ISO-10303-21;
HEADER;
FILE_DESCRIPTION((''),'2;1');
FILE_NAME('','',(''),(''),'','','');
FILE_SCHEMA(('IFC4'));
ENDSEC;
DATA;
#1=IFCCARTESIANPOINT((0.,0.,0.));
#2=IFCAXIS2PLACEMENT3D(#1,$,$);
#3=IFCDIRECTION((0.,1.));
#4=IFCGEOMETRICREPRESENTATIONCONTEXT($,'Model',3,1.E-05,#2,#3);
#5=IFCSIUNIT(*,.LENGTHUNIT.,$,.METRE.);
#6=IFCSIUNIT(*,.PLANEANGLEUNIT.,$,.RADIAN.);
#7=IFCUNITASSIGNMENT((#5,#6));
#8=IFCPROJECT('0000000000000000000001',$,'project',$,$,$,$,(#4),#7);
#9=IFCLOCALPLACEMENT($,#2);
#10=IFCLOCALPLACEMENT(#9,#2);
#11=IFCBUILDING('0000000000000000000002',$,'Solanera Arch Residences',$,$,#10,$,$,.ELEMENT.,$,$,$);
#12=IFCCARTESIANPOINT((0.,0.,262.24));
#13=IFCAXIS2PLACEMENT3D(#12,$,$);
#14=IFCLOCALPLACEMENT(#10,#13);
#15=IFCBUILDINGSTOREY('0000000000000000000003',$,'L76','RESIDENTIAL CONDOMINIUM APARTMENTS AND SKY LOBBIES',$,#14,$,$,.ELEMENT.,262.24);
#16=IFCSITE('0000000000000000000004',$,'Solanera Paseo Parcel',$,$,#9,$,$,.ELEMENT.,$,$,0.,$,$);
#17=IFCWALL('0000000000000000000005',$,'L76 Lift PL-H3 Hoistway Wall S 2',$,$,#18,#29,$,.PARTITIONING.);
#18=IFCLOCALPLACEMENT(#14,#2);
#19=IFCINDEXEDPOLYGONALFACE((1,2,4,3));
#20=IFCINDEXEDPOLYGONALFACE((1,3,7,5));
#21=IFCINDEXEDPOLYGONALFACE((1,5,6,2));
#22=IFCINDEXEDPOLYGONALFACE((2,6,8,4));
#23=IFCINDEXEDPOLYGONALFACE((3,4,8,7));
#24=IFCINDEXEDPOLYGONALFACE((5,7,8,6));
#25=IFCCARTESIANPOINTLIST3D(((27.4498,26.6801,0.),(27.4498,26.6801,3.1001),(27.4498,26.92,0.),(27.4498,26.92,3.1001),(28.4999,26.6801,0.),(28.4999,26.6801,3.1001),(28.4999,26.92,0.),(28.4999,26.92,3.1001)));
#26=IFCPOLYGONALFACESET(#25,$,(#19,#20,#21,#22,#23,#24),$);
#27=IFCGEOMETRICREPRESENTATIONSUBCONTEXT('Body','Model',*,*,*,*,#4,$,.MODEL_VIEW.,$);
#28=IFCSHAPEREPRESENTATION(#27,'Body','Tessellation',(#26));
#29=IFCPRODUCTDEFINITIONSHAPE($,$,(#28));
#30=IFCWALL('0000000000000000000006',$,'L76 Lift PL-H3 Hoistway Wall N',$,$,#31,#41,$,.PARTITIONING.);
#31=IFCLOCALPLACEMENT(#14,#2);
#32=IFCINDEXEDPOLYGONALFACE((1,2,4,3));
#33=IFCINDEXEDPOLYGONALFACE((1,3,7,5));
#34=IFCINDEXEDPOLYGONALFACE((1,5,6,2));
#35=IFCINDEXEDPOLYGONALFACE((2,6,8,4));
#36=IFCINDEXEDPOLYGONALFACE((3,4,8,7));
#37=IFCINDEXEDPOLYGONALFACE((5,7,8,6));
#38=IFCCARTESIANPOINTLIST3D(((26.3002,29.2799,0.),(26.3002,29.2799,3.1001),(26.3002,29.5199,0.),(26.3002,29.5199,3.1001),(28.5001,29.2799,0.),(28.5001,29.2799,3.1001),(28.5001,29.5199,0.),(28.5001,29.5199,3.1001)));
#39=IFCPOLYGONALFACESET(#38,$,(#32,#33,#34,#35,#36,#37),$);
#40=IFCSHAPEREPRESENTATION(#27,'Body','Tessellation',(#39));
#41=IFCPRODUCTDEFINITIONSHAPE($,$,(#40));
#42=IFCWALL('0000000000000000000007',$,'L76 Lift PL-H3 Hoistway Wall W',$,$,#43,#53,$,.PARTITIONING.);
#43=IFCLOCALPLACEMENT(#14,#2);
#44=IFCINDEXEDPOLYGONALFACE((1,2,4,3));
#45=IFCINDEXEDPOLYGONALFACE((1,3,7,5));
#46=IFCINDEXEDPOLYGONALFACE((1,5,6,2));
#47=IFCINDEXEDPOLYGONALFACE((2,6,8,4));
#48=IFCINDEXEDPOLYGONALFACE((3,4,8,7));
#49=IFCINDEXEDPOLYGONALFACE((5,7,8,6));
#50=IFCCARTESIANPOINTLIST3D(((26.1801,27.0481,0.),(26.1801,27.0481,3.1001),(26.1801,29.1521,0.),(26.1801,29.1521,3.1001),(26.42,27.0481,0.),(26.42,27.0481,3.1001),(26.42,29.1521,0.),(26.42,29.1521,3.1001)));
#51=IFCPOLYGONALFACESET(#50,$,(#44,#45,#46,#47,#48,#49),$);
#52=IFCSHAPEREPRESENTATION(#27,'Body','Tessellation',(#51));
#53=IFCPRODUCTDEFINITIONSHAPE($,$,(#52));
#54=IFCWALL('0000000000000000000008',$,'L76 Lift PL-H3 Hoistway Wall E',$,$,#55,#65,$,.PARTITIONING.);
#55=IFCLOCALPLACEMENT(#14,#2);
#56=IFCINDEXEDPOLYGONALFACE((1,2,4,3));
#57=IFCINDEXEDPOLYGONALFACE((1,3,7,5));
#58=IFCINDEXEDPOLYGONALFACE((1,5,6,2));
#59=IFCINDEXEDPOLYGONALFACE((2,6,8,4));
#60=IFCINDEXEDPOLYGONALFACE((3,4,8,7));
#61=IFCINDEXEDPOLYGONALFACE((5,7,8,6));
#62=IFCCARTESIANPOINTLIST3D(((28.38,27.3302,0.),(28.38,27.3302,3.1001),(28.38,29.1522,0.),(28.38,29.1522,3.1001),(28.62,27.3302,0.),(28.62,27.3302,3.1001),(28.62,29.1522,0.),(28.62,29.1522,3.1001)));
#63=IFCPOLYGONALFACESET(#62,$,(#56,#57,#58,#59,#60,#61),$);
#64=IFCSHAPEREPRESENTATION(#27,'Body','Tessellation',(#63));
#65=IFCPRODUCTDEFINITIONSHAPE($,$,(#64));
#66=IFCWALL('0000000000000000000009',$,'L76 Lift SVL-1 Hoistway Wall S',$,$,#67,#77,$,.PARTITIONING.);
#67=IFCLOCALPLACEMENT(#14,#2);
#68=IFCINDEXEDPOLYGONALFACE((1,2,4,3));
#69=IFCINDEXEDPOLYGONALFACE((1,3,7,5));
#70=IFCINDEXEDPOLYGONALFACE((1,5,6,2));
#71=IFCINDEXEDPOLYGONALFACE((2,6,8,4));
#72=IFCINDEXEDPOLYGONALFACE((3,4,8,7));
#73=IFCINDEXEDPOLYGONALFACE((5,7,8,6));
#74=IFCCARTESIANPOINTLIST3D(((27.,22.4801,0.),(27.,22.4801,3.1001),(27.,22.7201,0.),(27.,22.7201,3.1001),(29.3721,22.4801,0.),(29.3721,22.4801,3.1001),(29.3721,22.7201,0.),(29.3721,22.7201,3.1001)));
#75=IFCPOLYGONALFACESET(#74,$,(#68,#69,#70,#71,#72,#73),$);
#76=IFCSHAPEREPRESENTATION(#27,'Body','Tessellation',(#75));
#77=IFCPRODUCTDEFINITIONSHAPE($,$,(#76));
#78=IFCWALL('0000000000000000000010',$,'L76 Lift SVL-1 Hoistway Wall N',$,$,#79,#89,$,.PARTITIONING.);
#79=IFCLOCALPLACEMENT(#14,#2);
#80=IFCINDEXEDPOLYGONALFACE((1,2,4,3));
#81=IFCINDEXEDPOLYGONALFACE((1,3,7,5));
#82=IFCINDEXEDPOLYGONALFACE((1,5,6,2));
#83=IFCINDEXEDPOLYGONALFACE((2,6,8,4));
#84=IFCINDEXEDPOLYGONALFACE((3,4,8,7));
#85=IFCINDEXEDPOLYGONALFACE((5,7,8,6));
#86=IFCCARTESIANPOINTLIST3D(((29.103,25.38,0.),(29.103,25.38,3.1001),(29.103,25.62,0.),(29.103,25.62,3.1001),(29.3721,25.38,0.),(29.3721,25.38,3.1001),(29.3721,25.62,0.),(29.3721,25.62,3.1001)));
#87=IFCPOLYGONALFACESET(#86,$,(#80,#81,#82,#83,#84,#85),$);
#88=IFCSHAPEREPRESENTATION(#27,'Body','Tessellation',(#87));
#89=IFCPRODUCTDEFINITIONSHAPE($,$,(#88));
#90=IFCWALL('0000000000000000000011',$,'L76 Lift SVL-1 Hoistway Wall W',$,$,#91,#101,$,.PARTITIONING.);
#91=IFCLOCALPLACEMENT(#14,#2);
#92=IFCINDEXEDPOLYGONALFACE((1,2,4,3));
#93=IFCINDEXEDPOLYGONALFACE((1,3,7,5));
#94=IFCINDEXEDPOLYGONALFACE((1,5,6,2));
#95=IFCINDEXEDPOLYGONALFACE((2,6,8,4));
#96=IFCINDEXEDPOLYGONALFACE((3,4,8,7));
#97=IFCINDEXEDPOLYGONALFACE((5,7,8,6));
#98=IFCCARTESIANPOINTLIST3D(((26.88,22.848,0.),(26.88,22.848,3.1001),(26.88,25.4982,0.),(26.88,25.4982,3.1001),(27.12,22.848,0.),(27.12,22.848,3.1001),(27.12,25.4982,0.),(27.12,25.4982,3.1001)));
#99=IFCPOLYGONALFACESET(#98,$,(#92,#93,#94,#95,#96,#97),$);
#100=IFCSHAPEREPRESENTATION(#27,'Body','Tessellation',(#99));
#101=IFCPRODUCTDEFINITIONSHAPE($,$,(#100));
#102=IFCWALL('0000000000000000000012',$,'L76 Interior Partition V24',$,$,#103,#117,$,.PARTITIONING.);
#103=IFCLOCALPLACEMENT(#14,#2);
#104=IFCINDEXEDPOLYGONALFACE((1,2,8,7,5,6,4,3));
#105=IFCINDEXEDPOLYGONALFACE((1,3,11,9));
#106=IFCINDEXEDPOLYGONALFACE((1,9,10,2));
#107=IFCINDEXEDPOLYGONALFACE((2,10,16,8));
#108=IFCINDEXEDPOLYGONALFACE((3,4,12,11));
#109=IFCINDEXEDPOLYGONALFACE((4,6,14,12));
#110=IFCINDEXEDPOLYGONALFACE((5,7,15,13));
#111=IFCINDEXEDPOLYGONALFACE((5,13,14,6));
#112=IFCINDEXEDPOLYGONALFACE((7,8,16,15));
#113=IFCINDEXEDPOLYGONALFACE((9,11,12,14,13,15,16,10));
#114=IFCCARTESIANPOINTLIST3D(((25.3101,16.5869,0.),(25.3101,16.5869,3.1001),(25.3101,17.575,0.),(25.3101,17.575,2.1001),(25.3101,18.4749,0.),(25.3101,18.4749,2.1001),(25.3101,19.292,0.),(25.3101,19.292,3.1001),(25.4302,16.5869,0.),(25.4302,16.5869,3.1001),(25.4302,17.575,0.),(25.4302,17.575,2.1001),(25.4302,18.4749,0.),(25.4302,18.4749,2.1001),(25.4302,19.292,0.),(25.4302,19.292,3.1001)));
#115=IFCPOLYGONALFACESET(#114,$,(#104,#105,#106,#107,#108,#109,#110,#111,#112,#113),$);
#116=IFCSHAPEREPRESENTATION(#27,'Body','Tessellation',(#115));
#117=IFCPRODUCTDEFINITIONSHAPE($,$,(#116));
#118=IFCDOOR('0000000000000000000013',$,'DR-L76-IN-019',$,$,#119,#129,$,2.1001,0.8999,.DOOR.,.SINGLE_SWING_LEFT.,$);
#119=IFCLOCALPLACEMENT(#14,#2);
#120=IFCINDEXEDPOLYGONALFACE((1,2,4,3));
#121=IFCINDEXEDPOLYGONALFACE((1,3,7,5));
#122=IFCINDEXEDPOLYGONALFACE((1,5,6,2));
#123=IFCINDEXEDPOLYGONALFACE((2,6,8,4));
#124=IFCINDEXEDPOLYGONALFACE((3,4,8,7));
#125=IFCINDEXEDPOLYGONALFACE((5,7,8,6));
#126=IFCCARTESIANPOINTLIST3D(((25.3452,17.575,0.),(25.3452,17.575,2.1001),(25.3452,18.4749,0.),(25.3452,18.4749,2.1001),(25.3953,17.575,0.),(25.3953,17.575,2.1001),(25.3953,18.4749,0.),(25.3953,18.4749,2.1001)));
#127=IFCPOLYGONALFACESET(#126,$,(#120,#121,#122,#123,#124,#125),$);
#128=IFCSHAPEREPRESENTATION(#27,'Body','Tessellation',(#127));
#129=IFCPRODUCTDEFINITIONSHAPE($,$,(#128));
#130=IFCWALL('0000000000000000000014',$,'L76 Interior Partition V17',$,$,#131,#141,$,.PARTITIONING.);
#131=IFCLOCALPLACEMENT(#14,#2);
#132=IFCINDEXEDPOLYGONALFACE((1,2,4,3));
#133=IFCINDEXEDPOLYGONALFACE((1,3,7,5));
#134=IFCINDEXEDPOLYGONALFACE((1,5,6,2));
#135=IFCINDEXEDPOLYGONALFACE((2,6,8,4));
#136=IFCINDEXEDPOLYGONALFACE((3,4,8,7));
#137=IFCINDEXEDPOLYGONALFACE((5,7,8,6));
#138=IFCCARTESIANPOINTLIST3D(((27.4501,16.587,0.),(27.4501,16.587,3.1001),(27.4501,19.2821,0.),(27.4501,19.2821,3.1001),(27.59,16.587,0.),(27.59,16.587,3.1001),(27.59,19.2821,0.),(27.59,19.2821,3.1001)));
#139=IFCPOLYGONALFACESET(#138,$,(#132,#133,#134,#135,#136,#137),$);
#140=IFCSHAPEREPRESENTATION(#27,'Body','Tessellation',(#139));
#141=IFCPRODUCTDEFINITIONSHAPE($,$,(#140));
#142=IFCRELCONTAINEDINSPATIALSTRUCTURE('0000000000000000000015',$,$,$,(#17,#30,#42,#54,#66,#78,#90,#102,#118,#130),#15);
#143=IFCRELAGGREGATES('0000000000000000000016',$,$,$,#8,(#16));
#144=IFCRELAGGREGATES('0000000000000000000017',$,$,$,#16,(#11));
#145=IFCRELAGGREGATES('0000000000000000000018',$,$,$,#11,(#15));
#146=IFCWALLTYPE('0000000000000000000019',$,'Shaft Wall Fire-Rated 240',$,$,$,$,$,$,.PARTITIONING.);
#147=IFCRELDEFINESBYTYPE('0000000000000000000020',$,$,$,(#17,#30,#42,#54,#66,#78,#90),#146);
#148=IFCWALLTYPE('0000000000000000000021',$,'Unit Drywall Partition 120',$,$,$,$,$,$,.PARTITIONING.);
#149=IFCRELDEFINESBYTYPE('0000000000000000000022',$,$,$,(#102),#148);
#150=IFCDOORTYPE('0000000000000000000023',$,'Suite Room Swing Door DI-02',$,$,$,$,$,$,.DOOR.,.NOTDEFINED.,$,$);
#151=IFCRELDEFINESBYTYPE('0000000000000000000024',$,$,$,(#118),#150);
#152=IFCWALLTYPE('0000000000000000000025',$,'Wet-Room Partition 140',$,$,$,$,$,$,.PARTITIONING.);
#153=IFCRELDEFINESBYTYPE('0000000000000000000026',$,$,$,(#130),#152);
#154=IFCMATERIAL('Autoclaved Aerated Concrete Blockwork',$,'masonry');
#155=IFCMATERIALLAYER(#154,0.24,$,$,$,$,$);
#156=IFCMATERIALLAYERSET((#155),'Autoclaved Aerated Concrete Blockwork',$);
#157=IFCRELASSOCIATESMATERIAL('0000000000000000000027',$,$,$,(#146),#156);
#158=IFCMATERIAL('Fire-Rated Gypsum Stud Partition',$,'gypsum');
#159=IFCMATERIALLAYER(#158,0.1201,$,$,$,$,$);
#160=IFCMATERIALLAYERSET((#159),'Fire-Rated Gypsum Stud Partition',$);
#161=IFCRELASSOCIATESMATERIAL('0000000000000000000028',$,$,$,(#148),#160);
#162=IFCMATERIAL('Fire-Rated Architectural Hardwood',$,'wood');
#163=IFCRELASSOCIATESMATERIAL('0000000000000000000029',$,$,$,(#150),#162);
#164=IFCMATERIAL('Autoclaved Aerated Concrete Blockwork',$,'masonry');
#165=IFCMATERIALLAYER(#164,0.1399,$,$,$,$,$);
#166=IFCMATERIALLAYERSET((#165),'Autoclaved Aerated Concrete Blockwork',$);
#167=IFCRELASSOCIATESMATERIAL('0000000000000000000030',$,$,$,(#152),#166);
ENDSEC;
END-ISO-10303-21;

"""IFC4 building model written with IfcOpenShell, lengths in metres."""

from ifc_helpers import new_model, si_unit, direction, frame, frame_2d, origin, place, context, subcontext, project, spatial, rectangle, extrude, material, layer, layer_set, type_object, element, fill, save


model = new_model("IFC4")

# Units and contexts
model_context = context("Model", 3, precision=1e-05, world=origin(), true_north=direction((0.0, 1.0)))
body_context = subcontext(model_context, "Body", "Model", "MODEL_VIEW")
ifc_project = project(units=[si_unit("LENGTHUNIT", "METRE"), si_unit("PLANEANGLEUNIT", "RADIAN")], contexts=[model_context])

# Site, building, storey
site_placement = place(None, origin())
site = spatial("IfcSite", under=ifc_project, at=site_placement, Name="Solanera Paseo Parcel", CompositionType="ELEMENT", RefElevation=0.0)
building_placement = place(site_placement, origin())
building = spatial("IfcBuilding", under=site, at=building_placement, Name="Solanera Arch Residences", CompositionType="ELEMENT")
storey_placement = place(building_placement, frame((0.0, 0.0, 262.24)))
storey = spatial("IfcBuildingStorey", under=building, at=storey_placement, Name="L76", Description="RESIDENTIAL CONDOMINIUM APARTMENTS AND SKY LOBBIES", CompositionType="ELEMENT", Elevation=262.24)

# Walls
ifc_material_1 = material(Name="Autoclaved Aerated Concrete Blockwork", Category="masonry")
ifc_layer_1 = layer(ifc_material_1, 0.24)
ifc_layer_set_1 = layer_set([ifc_layer_1], Name="Autoclaved Aerated Concrete Blockwork")
wall_type_1 = type_object("IfcWallType", Name="Shaft Wall Fire-Rated 240", PredefinedType="PARTITIONING", material=ifc_layer_set_1)
wall_1_placement = place(storey_placement, frame((27.45, 26.8, 0.0), z_axis=(0.0, 0.0, 1.0), x_axis=(1.0, 0.0, 0.0)))
element("IfcWall", 1, at=wall_1_placement, inside=storey, type_object=wall_type_1, Name="L76 Lift PL-H3 Hoistway Wall S 2", PredefinedType="PARTITIONING", context=body_context, shape_type="SweptSolid", body=[
    extrude(rectangle(XDim=1.05, YDim=0.24, at=frame_2d((0.5249, 0.0))), origin(), (0.0, 0.0, 1.0), 3.1001),
])
wall_2_placement = place(storey_placement, frame((26.3, 29.3999, 0.0), z_axis=(0.0, 0.0, 1.0), x_axis=(1.0, 0.0, 0.0)))
element("IfcWall", 2, at=wall_2_placement, inside=storey, type_object=wall_type_1, Name="L76 Lift PL-H3 Hoistway Wall N", PredefinedType="PARTITIONING", context=body_context, shape_type="SweptSolid", body=[
    extrude(rectangle(XDim=2.2, YDim=0.24, at=frame_2d((1.1001, 0.0))), origin(), (0.0, 0.0, 1.0), 3.1001),
])
wall_3_placement = place(storey_placement, frame((26.3, 27.0481, 0.0), z_axis=(0.0, 0.0, 1.0), x_axis=(0.0, 1.0, 0.0)))
element("IfcWall", 3, at=wall_3_placement, inside=storey, type_object=wall_type_1, Name="L76 Lift PL-H3 Hoistway Wall W", PredefinedType="PARTITIONING", context=body_context, shape_type="SweptSolid", body=[
    extrude(rectangle(XDim=2.104, YDim=0.24, at=frame_2d((1.052, 0.0))), origin(), (0.0, 0.0, 1.0), 3.1001),
])
wall_4_placement = place(storey_placement, frame((28.5, 27.3301, 0.0), z_axis=(0.0, 0.0, 1.0), x_axis=(0.0, 1.0, 0.0)))
element("IfcWall", 4, at=wall_4_placement, inside=storey, type_object=wall_type_1, Name="L76 Lift PL-H3 Hoistway Wall E", PredefinedType="PARTITIONING", context=body_context, shape_type="SweptSolid", body=[
    extrude(rectangle(XDim=1.822, YDim=0.24, at=frame_2d((0.9111, 0.0))), origin(), (0.0, 0.0, 1.0), 3.1001),
])
wall_5_placement = place(storey_placement, frame((27.0, 22.6001, 0.0), z_axis=(0.0, 0.0, 1.0), x_axis=(1.0, 0.0, 0.0)))
element("IfcWall", 5, at=wall_5_placement, inside=storey, type_object=wall_type_1, Name="L76 Lift SVL-1 Hoistway Wall S", PredefinedType="PARTITIONING", context=body_context, shape_type="SweptSolid", body=[
    extrude(rectangle(XDim=2.3721, YDim=0.24, at=frame_2d((1.186, 0.0))), origin(), (0.0, 0.0, 1.0), 3.1001),
])
wall_6_placement = place(storey_placement, frame((29.103, 25.5, 0.0), z_axis=(0.0, 0.0, 1.0), x_axis=(1.0, 0.0, 0.0)))
element("IfcWall", 6, at=wall_6_placement, inside=storey, type_object=wall_type_1, Name="L76 Lift SVL-1 Hoistway Wall N", PredefinedType="PARTITIONING", context=body_context, shape_type="SweptSolid", body=[
    extrude(rectangle(XDim=0.269, YDim=0.24, at=frame_2d((0.1345, 0.0))), origin(), (0.0, 0.0, 1.0), 3.1001),
])
wall_7_placement = place(storey_placement, frame((27.0, 22.8479, 0.0), z_axis=(0.0, 0.0, 1.0), x_axis=(0.0, 1.0, 0.0)))
element("IfcWall", 7, at=wall_7_placement, inside=storey, type_object=wall_type_1, Name="L76 Lift SVL-1 Hoistway Wall W", PredefinedType="PARTITIONING", context=body_context, shape_type="SweptSolid", body=[
    extrude(rectangle(XDim=2.6501, YDim=0.24, at=frame_2d((1.3252, 0.0))), origin(), (0.0, 0.0, 1.0), 3.1001),
])

# Wall, opening, door
ifc_material_2 = material(Name="Fire-Rated Gypsum Stud Partition", Category="gypsum")
ifc_layer_2 = layer(ifc_material_2, 0.1201)
ifc_layer_set_2 = layer_set([ifc_layer_2], Name="Fire-Rated Gypsum Stud Partition")
wall_type_2 = type_object("IfcWallType", Name="Unit Drywall Partition 120", PredefinedType="PARTITIONING", material=ifc_layer_set_2)
wall_8_placement = place(storey_placement, frame((25.3701, 16.5869, 0.0), z_axis=(0.0, 0.0, 1.0), x_axis=(0.0, 1.0, 0.0)))
wall_8 = element("IfcWall", 8, at=wall_8_placement, inside=storey, type_object=wall_type_2, Name="L76 Interior Partition V24", PredefinedType="PARTITIONING", context=body_context, shape_type="SweptSolid", body=[
    extrude(rectangle(XDim=2.7051, YDim=0.1201, at=frame_2d((1.3525, 0.0))), origin(), (0.0, 0.0, 1.0), 3.1001),
])
opening_placement = place(wall_8_placement, frame((0.988, 0.0, 0.0)))
opening = element("IfcOpeningElement", 9, at=opening_placement, cuts=wall_8, PredefinedType="OPENING", context=body_context, shape_type="SweptSolid", body=[
    extrude(rectangle(XDim=0.8999, YDim=2.1001, at=frame_2d((0.45, 1.05))), frame((0.0, 0.0701, 0.0), z_axis=(0.0, -1.0, 0.0), x_axis=(1.0, 0.0, 0.0)), (0.0, 0.0, 1.0), 0.1401),
])
ifc_material_3 = material(Name="Fire-Rated Architectural Hardwood", Category="wood")
door_type = type_object("IfcDoorType", Name="Suite Room Swing Door DI-02", OperationType="NOTDEFINED", PredefinedType="DOOR", material=ifc_material_3)
door_placement = place(opening_placement, origin())
door = element("IfcDoor", 10, at=door_placement, inside=storey, type_object=door_type, Name="DR-L76-IN-019", OperationType="SINGLE_SWING_LEFT", OverallHeight=2.1001, OverallWidth=0.8999, PredefinedType="DOOR", context=body_context, shape_type="SweptSolid", body=[
    extrude(rectangle(XDim=0.8999, YDim=2.1001, at=frame_2d((0.45, 1.05))), frame((0.0, 0.0249, 0.0), z_axis=(0.0, -1.0, 0.0), x_axis=(1.0, 0.0, 0.0)), (0.0, 0.0, 1.0), 0.05),
])
fill(opening, door)

# Wall
ifc_material_4 = material(Name="Autoclaved Aerated Concrete Blockwork", Category="masonry")
ifc_layer_3 = layer(ifc_material_4, 0.1399)
ifc_layer_set_3 = layer_set([ifc_layer_3], Name="Autoclaved Aerated Concrete Blockwork")
wall_type_3 = type_object("IfcWallType", Name="Wet-Room Partition 140", PredefinedType="PARTITIONING", material=ifc_layer_set_3)
wall_9_placement = place(storey_placement, frame((27.52, 16.5869, 0.0), z_axis=(0.0, 0.0, 1.0), x_axis=(0.0, 1.0, 0.0)))
element("IfcWall", 11, at=wall_9_placement, inside=storey, type_object=wall_type_3, Name="L76 Interior Partition V17", PredefinedType="PARTITIONING", context=body_context, shape_type="SweptSolid", body=[
    extrude(rectangle(XDim=2.6951, YDim=0.1399, at=frame_2d((1.3477, 0.0))), origin(), (0.0, 0.0, 1.0), 3.1001),
])

save(model, "model.ifc")
